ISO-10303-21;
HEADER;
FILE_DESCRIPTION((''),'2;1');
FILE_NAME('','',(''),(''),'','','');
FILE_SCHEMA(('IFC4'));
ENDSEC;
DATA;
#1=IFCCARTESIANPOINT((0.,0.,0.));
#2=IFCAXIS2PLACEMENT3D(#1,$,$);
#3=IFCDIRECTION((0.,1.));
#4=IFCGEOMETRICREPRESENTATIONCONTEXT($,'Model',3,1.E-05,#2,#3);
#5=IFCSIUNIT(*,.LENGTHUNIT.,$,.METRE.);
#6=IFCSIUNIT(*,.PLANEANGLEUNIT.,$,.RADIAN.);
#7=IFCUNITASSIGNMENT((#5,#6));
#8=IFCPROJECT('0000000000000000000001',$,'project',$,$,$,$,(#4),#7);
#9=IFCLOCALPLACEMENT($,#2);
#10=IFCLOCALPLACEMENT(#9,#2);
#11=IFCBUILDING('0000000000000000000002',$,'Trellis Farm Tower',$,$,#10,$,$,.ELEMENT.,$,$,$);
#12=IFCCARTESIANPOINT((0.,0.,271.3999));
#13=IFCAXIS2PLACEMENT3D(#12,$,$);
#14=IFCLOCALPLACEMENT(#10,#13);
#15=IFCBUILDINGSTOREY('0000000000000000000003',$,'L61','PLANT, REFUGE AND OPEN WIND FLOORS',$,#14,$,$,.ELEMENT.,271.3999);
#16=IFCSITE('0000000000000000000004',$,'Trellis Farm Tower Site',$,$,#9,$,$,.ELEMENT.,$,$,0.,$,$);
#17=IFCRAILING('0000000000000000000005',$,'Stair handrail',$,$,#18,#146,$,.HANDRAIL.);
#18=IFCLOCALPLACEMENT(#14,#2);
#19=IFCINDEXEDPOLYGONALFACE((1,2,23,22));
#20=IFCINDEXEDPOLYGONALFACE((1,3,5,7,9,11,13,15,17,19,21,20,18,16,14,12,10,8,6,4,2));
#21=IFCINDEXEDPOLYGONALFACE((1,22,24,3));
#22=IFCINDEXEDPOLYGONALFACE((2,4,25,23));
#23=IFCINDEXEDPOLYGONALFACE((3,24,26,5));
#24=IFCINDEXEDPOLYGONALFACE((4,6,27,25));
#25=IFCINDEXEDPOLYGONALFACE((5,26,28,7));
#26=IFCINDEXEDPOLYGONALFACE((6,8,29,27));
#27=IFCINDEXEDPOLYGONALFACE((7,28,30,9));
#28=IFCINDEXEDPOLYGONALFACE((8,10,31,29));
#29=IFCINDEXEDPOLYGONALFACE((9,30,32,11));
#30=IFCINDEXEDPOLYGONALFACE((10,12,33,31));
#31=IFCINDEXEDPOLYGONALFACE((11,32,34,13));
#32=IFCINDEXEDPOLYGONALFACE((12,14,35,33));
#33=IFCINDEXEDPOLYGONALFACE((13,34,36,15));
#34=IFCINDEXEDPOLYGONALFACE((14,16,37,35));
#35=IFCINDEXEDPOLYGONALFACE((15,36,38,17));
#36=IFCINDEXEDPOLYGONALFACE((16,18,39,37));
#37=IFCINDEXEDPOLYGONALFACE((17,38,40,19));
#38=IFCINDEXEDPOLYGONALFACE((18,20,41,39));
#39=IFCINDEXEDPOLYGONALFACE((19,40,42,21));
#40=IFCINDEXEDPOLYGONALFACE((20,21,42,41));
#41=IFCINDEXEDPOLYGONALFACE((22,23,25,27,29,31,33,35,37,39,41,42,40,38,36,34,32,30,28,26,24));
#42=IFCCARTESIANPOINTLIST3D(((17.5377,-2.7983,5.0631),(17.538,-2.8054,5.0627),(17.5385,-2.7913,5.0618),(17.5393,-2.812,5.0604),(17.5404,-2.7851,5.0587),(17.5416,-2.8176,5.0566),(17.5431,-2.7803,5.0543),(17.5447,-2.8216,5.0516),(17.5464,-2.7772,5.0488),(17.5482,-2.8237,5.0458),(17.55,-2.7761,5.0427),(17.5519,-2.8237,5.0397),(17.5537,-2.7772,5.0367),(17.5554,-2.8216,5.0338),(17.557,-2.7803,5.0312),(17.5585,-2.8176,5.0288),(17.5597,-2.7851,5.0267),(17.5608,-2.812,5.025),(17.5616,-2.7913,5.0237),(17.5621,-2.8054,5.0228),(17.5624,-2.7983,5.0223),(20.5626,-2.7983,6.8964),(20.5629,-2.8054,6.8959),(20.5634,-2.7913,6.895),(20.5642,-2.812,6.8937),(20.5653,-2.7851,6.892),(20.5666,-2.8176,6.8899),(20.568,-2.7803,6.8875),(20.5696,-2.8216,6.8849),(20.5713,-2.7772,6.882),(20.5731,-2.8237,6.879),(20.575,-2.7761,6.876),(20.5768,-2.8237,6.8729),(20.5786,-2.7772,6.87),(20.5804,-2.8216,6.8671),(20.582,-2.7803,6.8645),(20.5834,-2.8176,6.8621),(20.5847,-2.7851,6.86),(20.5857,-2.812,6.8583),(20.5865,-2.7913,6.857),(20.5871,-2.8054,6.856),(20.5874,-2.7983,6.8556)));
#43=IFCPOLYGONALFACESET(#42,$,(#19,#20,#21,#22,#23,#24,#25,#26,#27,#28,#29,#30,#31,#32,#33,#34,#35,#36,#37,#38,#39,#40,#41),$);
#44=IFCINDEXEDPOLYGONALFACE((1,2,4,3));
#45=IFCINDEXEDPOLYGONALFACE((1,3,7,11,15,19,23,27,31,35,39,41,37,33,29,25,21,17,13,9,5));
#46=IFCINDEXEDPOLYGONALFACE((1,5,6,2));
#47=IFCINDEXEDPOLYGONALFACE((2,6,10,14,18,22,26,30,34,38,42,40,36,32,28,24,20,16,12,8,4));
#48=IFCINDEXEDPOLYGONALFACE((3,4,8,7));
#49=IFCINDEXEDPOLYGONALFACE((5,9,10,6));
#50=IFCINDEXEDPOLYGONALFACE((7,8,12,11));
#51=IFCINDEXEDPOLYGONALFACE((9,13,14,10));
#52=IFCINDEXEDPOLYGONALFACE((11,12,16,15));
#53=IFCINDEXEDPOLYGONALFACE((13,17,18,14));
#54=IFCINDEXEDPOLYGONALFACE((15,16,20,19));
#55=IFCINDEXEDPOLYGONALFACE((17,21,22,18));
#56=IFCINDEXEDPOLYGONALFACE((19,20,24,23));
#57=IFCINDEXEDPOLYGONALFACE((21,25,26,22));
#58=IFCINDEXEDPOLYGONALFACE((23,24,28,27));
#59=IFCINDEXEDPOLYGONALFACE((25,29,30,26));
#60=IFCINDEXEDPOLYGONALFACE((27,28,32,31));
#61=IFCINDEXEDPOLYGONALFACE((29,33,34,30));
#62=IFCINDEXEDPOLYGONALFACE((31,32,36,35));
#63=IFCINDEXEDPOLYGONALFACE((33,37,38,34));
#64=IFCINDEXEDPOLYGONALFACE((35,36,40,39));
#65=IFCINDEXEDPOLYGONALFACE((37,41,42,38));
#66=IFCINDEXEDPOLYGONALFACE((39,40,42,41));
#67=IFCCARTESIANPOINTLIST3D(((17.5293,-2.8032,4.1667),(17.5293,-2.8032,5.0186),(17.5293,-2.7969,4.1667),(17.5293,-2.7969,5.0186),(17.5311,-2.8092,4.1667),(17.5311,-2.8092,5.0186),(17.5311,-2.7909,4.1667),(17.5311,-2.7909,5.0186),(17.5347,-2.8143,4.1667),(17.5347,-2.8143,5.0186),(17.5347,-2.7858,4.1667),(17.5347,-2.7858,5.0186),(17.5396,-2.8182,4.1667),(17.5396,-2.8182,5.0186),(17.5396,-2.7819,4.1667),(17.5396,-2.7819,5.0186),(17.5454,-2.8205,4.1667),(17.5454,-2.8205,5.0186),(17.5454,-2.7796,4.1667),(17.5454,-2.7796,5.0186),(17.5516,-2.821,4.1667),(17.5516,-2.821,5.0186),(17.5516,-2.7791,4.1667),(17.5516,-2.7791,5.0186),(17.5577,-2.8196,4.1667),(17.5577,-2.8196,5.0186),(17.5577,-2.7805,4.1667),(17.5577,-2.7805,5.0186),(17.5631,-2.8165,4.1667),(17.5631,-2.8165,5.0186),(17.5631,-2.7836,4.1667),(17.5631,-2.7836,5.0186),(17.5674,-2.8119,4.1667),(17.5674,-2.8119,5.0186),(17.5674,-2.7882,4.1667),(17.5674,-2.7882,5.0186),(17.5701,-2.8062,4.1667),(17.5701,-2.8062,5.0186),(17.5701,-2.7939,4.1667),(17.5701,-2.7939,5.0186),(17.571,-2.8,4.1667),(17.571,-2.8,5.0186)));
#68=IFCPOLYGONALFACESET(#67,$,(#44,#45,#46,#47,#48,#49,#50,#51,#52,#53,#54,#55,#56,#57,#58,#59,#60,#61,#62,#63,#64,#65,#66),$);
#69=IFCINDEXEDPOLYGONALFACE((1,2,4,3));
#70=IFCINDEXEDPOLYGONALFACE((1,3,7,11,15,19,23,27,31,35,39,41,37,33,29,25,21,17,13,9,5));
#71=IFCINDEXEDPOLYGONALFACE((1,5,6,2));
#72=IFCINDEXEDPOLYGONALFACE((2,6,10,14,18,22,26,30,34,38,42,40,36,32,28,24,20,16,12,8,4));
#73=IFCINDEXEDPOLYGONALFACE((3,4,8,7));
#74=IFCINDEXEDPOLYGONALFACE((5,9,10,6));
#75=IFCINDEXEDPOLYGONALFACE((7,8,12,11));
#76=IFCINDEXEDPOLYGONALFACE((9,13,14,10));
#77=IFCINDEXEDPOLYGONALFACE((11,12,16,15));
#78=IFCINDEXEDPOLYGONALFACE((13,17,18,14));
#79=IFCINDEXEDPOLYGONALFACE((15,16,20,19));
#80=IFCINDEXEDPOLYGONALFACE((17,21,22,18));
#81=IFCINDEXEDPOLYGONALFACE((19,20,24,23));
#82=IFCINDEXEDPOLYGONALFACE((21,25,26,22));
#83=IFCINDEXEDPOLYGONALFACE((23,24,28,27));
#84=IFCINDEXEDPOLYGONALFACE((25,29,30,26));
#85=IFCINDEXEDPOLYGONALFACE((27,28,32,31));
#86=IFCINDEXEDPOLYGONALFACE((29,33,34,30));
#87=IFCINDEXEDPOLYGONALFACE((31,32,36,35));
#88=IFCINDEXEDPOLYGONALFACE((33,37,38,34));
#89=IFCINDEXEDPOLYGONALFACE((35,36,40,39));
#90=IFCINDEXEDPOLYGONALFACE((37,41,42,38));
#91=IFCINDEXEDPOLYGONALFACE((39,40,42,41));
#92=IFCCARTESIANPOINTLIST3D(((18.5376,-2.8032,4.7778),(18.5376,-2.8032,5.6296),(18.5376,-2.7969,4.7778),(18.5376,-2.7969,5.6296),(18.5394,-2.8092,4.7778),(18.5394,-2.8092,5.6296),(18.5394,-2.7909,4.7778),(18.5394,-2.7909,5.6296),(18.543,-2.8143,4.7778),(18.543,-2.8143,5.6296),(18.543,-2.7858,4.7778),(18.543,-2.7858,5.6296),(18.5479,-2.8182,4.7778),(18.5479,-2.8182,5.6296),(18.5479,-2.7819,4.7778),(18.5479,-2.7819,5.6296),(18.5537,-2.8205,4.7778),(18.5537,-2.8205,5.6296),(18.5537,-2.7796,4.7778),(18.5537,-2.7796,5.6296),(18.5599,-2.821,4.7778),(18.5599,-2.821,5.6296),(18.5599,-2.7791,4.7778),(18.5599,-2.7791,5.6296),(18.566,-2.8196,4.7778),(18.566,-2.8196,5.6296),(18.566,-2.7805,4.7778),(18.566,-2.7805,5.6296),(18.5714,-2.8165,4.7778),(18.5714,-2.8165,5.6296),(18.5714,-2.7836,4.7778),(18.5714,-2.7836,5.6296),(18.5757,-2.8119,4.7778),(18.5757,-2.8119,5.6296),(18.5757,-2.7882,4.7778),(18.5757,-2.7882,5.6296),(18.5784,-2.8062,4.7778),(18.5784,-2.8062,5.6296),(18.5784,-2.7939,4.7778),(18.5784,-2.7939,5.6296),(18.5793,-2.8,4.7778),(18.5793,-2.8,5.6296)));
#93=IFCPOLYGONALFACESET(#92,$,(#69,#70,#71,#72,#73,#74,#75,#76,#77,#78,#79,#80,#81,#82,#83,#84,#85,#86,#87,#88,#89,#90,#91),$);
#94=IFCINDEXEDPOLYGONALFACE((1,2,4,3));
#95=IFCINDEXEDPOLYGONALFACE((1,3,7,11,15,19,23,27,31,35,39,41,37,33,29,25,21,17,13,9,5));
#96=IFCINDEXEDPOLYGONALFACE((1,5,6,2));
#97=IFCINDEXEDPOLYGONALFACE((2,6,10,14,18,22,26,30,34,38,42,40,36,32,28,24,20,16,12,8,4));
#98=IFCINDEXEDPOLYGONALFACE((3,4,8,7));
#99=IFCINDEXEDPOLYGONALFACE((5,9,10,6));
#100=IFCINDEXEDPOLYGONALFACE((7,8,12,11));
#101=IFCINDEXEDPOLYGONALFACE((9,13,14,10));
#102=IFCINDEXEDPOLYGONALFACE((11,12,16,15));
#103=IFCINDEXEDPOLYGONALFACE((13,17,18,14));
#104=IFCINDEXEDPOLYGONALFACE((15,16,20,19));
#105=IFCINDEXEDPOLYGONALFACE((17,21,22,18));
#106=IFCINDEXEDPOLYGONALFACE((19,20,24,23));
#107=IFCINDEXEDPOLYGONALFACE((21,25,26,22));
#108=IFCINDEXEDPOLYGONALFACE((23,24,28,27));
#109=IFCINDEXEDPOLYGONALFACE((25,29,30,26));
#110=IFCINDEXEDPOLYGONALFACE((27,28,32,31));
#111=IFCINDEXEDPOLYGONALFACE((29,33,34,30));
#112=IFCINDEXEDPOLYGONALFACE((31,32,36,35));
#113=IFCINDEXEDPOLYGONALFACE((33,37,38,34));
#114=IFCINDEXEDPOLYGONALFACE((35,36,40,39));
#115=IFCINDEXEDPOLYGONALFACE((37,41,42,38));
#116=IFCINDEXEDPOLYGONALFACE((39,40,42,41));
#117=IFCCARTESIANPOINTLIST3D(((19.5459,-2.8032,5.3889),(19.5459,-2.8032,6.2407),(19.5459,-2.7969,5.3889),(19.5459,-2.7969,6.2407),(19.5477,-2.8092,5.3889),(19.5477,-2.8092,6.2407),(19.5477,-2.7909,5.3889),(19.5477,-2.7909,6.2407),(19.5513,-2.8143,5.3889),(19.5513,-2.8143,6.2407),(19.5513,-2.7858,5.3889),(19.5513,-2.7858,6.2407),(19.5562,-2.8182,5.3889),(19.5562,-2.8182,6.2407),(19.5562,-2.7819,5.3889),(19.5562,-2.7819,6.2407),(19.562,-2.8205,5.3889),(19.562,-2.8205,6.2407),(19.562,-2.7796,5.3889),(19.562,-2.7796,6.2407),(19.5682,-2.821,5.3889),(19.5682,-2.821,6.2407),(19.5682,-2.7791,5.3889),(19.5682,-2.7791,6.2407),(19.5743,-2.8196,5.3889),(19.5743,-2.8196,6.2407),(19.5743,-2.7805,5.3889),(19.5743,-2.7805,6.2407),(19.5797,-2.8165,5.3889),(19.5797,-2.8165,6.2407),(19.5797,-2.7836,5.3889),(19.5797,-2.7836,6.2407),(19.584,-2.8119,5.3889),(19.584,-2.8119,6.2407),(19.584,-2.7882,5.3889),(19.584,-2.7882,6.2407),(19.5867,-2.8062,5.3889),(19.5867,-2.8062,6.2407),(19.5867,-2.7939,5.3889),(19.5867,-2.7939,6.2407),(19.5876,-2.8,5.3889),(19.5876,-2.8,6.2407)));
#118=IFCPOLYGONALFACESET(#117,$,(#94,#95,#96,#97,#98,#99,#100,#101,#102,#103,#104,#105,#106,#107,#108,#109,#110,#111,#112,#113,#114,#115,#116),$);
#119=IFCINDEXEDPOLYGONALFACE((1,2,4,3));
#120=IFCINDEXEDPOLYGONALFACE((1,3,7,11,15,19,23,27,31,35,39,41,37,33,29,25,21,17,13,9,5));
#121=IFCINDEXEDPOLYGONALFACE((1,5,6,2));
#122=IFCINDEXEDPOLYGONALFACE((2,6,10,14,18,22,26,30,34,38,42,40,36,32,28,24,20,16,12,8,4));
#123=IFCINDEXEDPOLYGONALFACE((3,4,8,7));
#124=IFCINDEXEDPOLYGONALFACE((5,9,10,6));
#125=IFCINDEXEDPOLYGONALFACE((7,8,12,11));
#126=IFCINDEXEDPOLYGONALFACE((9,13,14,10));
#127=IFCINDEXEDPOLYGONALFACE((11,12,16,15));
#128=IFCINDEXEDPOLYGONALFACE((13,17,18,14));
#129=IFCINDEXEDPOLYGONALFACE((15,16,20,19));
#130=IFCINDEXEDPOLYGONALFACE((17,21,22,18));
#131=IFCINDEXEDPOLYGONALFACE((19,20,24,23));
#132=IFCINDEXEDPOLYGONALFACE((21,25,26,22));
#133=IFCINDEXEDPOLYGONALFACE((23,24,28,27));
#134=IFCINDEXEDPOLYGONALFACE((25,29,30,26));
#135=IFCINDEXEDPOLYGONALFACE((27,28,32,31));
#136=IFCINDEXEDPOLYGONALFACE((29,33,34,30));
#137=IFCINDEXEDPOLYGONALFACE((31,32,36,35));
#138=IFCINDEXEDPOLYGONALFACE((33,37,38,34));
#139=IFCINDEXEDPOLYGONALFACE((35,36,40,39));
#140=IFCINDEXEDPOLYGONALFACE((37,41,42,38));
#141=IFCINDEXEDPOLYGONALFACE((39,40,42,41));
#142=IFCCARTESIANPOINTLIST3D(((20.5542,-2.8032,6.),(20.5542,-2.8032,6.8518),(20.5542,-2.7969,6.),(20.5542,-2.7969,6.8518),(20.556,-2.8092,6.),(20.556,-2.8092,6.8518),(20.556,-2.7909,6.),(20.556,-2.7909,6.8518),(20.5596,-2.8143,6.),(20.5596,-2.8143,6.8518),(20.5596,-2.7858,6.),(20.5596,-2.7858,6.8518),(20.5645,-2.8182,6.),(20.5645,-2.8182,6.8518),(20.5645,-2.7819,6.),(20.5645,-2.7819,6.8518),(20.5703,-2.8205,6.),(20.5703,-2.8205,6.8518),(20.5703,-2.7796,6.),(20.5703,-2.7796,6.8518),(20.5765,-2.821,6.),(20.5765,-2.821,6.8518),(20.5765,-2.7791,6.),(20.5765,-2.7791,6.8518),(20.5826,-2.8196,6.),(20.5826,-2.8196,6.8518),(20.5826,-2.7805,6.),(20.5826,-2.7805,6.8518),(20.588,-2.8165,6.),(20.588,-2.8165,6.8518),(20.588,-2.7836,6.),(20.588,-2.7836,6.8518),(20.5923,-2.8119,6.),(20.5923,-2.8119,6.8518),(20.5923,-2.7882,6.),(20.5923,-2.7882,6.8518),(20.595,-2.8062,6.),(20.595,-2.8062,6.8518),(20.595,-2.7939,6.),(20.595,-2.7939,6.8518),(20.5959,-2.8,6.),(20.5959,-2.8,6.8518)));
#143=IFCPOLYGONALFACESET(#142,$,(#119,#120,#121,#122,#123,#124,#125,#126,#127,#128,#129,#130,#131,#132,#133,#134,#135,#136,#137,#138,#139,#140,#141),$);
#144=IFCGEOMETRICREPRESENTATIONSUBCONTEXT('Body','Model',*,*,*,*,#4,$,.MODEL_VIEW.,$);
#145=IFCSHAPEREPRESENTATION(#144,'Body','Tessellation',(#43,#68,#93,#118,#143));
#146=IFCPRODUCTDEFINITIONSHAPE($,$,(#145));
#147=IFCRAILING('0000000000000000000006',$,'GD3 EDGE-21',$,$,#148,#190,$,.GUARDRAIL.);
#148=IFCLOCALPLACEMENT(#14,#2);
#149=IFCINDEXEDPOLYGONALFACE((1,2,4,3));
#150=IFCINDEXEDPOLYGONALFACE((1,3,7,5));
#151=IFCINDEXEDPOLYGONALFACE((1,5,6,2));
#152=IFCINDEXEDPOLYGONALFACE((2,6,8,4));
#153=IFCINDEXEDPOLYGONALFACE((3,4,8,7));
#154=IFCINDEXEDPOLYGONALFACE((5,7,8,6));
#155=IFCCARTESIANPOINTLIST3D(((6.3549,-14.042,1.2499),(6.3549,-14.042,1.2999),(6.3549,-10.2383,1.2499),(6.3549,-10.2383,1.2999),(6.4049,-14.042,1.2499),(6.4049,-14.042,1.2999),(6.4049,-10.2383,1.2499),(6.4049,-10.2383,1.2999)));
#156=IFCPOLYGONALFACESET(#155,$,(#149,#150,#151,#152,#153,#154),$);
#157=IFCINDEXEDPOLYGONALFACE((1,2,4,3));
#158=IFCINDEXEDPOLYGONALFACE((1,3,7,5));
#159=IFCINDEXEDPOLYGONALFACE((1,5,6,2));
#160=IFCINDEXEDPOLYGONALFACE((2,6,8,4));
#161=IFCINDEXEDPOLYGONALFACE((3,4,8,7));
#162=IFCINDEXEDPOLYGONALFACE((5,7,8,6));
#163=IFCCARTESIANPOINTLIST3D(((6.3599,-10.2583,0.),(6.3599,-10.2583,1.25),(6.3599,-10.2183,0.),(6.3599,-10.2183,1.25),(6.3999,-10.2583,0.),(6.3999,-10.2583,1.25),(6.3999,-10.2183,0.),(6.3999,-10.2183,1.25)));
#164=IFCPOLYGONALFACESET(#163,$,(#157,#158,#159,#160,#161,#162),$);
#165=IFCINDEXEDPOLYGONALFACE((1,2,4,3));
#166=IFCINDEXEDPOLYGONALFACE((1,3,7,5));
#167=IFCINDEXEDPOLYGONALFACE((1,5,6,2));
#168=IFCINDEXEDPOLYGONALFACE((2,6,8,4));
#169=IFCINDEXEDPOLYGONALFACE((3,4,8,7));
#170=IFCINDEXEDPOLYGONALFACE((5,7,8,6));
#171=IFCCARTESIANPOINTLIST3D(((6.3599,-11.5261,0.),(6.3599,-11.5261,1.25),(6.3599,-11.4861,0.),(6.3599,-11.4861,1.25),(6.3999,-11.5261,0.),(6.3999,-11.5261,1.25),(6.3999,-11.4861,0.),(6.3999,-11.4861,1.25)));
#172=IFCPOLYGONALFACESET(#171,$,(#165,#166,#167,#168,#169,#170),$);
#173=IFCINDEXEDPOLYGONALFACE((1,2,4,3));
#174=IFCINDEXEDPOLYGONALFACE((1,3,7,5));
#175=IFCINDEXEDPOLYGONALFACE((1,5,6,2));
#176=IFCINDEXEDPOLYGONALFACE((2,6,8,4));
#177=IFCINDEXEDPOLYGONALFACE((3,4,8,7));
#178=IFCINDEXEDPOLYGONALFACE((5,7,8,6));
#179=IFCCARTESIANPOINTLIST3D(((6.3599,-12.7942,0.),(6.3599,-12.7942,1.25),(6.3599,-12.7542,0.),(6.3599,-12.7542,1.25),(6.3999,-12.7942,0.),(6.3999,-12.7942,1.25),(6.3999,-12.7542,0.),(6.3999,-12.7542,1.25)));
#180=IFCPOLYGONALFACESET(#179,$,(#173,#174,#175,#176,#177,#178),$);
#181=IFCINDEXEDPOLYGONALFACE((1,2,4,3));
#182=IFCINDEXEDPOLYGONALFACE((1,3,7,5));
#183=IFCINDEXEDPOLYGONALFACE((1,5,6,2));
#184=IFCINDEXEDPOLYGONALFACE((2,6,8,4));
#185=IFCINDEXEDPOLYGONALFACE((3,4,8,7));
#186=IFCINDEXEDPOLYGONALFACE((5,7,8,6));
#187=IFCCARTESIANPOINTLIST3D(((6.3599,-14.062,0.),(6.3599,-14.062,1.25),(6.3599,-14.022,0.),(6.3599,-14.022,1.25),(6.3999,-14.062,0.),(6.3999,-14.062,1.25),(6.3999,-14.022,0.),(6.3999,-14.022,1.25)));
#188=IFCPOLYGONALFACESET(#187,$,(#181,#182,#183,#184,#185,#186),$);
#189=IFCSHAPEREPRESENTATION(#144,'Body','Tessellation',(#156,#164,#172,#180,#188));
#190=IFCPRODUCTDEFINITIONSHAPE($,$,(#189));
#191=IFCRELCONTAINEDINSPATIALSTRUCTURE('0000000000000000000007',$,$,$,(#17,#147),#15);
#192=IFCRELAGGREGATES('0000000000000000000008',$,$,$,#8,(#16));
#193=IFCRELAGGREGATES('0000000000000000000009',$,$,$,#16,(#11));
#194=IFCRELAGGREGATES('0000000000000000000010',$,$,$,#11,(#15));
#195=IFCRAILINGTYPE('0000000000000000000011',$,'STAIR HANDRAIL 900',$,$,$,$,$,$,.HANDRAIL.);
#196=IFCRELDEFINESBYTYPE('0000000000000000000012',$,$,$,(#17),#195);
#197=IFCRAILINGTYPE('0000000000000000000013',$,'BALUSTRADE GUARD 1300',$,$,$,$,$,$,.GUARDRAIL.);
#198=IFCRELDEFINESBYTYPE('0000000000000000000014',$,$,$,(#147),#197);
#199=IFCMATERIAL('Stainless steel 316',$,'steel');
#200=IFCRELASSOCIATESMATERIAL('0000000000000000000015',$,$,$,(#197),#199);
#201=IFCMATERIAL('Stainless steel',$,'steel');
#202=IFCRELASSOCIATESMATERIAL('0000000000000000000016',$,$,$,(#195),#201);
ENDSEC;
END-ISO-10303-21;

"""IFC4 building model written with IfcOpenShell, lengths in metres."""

from ifc_helpers import new_model, si_unit, direction, frame, origin, origin_2d, place, context, subcontext, project, spatial, rectangle, circle, extrude, source, transform, mapped, material, type_object, element, save


model = new_model("IFC4")

# Units and contexts
model_context = context("Model", 3, precision=1e-05, world=origin(), true_north=direction((0.0, 1.0)))
body_context = subcontext(model_context, "Body", "Model", "MODEL_VIEW")
ifc_project = project(units=[si_unit("LENGTHUNIT", "METRE"), si_unit("PLANEANGLEUNIT", "RADIAN")], contexts=[model_context])

# Site, building, storey
site_placement = place(None, origin())
site = spatial("IfcSite", under=ifc_project, at=site_placement, Name="Trellis Farm Tower Site", CompositionType="ELEMENT", RefElevation=0.0)
building_placement = place(site_placement, origin())
building = spatial("IfcBuilding", under=site, at=building_placement, Name="Trellis Farm Tower", CompositionType="ELEMENT")
storey_placement = place(building_placement, frame((0.0, 0.0, 271.3999)))
storey = spatial("IfcBuildingStorey", under=building, at=storey_placement, Name="L61", Description="PLANT, REFUGE AND OPEN WIND FLOORS", CompositionType="ELEMENT", Elevation=271.3999)

# Railings
ifc_material_1 = material(Name="Stainless steel 316", Category="steel")
railing_type_1 = type_object("IfcRailingType", Name="BALUSTRADE GUARD 1300", PredefinedType="GUARDRAIL", material=ifc_material_1)
ifc_material_2 = material(Name="Stainless steel", Category="steel")
railing_type_2 = type_object("IfcRailingType", Name="STAIR HANDRAIL 900", PredefinedType="HANDRAIL", material=ifc_material_2)
shared_shape_1 = source(origin(), body_context, "Body", "SweptSolid", [
    extrude(circle(Radius=0.0239, at=origin_2d()), frame((0.0, 0.0, 0.876), z_axis=(0.855201, 0.0, 0.518297), x_axis=(0.0, 1.0, 0.0)), (0.0, 0.0, 1.0), 3.5371),
    extrude(circle(Radius=0.021, at=origin_2d()), origin(), (0.0, 0.0, 1.0), 0.8518),
    extrude(circle(Radius=0.021, at=origin_2d()), frame((1.0083, 0.0, 0.6111)), (0.0, 0.0, 1.0), 0.8518),
    extrude(circle(Radius=0.021, at=origin_2d()), frame((2.0166, 0.0, 1.2222)), (0.0, 0.0, 1.0), 0.8518),
    extrude(circle(Radius=0.021, at=origin_2d()), frame((3.0249, 0.0, 1.8333)), (0.0, 0.0, 1.0), 0.8518),
])
for number, where, name in (
    (1, (17.55, -2.8, 4.1667), "Stair handrail"),
):
    element("IfcRailing", number, at=place(storey_placement, frame(where)), inside=storey, type_object=railing_type_2, Name=name, PredefinedType="HANDRAIL", context=body_context, shape_type="MappedRepresentation", body=[
        mapped(shared_shape_1, transform((0.0, 0.0, 0.0))),
    ])
shared_shape_2 = source(origin(), body_context, "Body", "SweptSolid", [
    extrude(rectangle(XDim=0.05, YDim=0.05, at=origin_2d()), frame((0.0, 0.0, 1.2749), z_axis=(0.0, -1.0, 0.0), x_axis=(1.0, 0.0, 0.0)), (0.0, 0.0, 1.0), 3.8037),
    extrude(rectangle(XDim=0.04, YDim=0.04, at=origin_2d()), origin(), (0.0, 0.0, 1.0), 1.25),
    extrude(rectangle(XDim=0.04, YDim=0.04, at=origin_2d()), frame((0.0, -1.2678, 0.0)), (0.0, 0.0, 1.0), 1.25),
    extrude(rectangle(XDim=0.04, YDim=0.04, at=origin_2d()), frame((0.0, -2.5359, 0.0)), (0.0, 0.0, 1.0), 1.25),
    extrude(rectangle(XDim=0.04, YDim=0.04, at=origin_2d()), frame((0.0, -3.8037, 0.0)), (0.0, 0.0, 1.0), 1.25),
])
railing_1_placement = place(storey_placement, frame((6.3799, -10.2383, 0.0)))
element("IfcRailing", 2, at=railing_1_placement, inside=storey, type_object=railing_type_1, Name="GD3 EDGE-21", PredefinedType="GUARDRAIL", context=body_context, shape_type="MappedRepresentation", body=[
    mapped(shared_shape_2, transform((0.0, 0.0, 0.0))),
])

save(model, "model.ifc")
